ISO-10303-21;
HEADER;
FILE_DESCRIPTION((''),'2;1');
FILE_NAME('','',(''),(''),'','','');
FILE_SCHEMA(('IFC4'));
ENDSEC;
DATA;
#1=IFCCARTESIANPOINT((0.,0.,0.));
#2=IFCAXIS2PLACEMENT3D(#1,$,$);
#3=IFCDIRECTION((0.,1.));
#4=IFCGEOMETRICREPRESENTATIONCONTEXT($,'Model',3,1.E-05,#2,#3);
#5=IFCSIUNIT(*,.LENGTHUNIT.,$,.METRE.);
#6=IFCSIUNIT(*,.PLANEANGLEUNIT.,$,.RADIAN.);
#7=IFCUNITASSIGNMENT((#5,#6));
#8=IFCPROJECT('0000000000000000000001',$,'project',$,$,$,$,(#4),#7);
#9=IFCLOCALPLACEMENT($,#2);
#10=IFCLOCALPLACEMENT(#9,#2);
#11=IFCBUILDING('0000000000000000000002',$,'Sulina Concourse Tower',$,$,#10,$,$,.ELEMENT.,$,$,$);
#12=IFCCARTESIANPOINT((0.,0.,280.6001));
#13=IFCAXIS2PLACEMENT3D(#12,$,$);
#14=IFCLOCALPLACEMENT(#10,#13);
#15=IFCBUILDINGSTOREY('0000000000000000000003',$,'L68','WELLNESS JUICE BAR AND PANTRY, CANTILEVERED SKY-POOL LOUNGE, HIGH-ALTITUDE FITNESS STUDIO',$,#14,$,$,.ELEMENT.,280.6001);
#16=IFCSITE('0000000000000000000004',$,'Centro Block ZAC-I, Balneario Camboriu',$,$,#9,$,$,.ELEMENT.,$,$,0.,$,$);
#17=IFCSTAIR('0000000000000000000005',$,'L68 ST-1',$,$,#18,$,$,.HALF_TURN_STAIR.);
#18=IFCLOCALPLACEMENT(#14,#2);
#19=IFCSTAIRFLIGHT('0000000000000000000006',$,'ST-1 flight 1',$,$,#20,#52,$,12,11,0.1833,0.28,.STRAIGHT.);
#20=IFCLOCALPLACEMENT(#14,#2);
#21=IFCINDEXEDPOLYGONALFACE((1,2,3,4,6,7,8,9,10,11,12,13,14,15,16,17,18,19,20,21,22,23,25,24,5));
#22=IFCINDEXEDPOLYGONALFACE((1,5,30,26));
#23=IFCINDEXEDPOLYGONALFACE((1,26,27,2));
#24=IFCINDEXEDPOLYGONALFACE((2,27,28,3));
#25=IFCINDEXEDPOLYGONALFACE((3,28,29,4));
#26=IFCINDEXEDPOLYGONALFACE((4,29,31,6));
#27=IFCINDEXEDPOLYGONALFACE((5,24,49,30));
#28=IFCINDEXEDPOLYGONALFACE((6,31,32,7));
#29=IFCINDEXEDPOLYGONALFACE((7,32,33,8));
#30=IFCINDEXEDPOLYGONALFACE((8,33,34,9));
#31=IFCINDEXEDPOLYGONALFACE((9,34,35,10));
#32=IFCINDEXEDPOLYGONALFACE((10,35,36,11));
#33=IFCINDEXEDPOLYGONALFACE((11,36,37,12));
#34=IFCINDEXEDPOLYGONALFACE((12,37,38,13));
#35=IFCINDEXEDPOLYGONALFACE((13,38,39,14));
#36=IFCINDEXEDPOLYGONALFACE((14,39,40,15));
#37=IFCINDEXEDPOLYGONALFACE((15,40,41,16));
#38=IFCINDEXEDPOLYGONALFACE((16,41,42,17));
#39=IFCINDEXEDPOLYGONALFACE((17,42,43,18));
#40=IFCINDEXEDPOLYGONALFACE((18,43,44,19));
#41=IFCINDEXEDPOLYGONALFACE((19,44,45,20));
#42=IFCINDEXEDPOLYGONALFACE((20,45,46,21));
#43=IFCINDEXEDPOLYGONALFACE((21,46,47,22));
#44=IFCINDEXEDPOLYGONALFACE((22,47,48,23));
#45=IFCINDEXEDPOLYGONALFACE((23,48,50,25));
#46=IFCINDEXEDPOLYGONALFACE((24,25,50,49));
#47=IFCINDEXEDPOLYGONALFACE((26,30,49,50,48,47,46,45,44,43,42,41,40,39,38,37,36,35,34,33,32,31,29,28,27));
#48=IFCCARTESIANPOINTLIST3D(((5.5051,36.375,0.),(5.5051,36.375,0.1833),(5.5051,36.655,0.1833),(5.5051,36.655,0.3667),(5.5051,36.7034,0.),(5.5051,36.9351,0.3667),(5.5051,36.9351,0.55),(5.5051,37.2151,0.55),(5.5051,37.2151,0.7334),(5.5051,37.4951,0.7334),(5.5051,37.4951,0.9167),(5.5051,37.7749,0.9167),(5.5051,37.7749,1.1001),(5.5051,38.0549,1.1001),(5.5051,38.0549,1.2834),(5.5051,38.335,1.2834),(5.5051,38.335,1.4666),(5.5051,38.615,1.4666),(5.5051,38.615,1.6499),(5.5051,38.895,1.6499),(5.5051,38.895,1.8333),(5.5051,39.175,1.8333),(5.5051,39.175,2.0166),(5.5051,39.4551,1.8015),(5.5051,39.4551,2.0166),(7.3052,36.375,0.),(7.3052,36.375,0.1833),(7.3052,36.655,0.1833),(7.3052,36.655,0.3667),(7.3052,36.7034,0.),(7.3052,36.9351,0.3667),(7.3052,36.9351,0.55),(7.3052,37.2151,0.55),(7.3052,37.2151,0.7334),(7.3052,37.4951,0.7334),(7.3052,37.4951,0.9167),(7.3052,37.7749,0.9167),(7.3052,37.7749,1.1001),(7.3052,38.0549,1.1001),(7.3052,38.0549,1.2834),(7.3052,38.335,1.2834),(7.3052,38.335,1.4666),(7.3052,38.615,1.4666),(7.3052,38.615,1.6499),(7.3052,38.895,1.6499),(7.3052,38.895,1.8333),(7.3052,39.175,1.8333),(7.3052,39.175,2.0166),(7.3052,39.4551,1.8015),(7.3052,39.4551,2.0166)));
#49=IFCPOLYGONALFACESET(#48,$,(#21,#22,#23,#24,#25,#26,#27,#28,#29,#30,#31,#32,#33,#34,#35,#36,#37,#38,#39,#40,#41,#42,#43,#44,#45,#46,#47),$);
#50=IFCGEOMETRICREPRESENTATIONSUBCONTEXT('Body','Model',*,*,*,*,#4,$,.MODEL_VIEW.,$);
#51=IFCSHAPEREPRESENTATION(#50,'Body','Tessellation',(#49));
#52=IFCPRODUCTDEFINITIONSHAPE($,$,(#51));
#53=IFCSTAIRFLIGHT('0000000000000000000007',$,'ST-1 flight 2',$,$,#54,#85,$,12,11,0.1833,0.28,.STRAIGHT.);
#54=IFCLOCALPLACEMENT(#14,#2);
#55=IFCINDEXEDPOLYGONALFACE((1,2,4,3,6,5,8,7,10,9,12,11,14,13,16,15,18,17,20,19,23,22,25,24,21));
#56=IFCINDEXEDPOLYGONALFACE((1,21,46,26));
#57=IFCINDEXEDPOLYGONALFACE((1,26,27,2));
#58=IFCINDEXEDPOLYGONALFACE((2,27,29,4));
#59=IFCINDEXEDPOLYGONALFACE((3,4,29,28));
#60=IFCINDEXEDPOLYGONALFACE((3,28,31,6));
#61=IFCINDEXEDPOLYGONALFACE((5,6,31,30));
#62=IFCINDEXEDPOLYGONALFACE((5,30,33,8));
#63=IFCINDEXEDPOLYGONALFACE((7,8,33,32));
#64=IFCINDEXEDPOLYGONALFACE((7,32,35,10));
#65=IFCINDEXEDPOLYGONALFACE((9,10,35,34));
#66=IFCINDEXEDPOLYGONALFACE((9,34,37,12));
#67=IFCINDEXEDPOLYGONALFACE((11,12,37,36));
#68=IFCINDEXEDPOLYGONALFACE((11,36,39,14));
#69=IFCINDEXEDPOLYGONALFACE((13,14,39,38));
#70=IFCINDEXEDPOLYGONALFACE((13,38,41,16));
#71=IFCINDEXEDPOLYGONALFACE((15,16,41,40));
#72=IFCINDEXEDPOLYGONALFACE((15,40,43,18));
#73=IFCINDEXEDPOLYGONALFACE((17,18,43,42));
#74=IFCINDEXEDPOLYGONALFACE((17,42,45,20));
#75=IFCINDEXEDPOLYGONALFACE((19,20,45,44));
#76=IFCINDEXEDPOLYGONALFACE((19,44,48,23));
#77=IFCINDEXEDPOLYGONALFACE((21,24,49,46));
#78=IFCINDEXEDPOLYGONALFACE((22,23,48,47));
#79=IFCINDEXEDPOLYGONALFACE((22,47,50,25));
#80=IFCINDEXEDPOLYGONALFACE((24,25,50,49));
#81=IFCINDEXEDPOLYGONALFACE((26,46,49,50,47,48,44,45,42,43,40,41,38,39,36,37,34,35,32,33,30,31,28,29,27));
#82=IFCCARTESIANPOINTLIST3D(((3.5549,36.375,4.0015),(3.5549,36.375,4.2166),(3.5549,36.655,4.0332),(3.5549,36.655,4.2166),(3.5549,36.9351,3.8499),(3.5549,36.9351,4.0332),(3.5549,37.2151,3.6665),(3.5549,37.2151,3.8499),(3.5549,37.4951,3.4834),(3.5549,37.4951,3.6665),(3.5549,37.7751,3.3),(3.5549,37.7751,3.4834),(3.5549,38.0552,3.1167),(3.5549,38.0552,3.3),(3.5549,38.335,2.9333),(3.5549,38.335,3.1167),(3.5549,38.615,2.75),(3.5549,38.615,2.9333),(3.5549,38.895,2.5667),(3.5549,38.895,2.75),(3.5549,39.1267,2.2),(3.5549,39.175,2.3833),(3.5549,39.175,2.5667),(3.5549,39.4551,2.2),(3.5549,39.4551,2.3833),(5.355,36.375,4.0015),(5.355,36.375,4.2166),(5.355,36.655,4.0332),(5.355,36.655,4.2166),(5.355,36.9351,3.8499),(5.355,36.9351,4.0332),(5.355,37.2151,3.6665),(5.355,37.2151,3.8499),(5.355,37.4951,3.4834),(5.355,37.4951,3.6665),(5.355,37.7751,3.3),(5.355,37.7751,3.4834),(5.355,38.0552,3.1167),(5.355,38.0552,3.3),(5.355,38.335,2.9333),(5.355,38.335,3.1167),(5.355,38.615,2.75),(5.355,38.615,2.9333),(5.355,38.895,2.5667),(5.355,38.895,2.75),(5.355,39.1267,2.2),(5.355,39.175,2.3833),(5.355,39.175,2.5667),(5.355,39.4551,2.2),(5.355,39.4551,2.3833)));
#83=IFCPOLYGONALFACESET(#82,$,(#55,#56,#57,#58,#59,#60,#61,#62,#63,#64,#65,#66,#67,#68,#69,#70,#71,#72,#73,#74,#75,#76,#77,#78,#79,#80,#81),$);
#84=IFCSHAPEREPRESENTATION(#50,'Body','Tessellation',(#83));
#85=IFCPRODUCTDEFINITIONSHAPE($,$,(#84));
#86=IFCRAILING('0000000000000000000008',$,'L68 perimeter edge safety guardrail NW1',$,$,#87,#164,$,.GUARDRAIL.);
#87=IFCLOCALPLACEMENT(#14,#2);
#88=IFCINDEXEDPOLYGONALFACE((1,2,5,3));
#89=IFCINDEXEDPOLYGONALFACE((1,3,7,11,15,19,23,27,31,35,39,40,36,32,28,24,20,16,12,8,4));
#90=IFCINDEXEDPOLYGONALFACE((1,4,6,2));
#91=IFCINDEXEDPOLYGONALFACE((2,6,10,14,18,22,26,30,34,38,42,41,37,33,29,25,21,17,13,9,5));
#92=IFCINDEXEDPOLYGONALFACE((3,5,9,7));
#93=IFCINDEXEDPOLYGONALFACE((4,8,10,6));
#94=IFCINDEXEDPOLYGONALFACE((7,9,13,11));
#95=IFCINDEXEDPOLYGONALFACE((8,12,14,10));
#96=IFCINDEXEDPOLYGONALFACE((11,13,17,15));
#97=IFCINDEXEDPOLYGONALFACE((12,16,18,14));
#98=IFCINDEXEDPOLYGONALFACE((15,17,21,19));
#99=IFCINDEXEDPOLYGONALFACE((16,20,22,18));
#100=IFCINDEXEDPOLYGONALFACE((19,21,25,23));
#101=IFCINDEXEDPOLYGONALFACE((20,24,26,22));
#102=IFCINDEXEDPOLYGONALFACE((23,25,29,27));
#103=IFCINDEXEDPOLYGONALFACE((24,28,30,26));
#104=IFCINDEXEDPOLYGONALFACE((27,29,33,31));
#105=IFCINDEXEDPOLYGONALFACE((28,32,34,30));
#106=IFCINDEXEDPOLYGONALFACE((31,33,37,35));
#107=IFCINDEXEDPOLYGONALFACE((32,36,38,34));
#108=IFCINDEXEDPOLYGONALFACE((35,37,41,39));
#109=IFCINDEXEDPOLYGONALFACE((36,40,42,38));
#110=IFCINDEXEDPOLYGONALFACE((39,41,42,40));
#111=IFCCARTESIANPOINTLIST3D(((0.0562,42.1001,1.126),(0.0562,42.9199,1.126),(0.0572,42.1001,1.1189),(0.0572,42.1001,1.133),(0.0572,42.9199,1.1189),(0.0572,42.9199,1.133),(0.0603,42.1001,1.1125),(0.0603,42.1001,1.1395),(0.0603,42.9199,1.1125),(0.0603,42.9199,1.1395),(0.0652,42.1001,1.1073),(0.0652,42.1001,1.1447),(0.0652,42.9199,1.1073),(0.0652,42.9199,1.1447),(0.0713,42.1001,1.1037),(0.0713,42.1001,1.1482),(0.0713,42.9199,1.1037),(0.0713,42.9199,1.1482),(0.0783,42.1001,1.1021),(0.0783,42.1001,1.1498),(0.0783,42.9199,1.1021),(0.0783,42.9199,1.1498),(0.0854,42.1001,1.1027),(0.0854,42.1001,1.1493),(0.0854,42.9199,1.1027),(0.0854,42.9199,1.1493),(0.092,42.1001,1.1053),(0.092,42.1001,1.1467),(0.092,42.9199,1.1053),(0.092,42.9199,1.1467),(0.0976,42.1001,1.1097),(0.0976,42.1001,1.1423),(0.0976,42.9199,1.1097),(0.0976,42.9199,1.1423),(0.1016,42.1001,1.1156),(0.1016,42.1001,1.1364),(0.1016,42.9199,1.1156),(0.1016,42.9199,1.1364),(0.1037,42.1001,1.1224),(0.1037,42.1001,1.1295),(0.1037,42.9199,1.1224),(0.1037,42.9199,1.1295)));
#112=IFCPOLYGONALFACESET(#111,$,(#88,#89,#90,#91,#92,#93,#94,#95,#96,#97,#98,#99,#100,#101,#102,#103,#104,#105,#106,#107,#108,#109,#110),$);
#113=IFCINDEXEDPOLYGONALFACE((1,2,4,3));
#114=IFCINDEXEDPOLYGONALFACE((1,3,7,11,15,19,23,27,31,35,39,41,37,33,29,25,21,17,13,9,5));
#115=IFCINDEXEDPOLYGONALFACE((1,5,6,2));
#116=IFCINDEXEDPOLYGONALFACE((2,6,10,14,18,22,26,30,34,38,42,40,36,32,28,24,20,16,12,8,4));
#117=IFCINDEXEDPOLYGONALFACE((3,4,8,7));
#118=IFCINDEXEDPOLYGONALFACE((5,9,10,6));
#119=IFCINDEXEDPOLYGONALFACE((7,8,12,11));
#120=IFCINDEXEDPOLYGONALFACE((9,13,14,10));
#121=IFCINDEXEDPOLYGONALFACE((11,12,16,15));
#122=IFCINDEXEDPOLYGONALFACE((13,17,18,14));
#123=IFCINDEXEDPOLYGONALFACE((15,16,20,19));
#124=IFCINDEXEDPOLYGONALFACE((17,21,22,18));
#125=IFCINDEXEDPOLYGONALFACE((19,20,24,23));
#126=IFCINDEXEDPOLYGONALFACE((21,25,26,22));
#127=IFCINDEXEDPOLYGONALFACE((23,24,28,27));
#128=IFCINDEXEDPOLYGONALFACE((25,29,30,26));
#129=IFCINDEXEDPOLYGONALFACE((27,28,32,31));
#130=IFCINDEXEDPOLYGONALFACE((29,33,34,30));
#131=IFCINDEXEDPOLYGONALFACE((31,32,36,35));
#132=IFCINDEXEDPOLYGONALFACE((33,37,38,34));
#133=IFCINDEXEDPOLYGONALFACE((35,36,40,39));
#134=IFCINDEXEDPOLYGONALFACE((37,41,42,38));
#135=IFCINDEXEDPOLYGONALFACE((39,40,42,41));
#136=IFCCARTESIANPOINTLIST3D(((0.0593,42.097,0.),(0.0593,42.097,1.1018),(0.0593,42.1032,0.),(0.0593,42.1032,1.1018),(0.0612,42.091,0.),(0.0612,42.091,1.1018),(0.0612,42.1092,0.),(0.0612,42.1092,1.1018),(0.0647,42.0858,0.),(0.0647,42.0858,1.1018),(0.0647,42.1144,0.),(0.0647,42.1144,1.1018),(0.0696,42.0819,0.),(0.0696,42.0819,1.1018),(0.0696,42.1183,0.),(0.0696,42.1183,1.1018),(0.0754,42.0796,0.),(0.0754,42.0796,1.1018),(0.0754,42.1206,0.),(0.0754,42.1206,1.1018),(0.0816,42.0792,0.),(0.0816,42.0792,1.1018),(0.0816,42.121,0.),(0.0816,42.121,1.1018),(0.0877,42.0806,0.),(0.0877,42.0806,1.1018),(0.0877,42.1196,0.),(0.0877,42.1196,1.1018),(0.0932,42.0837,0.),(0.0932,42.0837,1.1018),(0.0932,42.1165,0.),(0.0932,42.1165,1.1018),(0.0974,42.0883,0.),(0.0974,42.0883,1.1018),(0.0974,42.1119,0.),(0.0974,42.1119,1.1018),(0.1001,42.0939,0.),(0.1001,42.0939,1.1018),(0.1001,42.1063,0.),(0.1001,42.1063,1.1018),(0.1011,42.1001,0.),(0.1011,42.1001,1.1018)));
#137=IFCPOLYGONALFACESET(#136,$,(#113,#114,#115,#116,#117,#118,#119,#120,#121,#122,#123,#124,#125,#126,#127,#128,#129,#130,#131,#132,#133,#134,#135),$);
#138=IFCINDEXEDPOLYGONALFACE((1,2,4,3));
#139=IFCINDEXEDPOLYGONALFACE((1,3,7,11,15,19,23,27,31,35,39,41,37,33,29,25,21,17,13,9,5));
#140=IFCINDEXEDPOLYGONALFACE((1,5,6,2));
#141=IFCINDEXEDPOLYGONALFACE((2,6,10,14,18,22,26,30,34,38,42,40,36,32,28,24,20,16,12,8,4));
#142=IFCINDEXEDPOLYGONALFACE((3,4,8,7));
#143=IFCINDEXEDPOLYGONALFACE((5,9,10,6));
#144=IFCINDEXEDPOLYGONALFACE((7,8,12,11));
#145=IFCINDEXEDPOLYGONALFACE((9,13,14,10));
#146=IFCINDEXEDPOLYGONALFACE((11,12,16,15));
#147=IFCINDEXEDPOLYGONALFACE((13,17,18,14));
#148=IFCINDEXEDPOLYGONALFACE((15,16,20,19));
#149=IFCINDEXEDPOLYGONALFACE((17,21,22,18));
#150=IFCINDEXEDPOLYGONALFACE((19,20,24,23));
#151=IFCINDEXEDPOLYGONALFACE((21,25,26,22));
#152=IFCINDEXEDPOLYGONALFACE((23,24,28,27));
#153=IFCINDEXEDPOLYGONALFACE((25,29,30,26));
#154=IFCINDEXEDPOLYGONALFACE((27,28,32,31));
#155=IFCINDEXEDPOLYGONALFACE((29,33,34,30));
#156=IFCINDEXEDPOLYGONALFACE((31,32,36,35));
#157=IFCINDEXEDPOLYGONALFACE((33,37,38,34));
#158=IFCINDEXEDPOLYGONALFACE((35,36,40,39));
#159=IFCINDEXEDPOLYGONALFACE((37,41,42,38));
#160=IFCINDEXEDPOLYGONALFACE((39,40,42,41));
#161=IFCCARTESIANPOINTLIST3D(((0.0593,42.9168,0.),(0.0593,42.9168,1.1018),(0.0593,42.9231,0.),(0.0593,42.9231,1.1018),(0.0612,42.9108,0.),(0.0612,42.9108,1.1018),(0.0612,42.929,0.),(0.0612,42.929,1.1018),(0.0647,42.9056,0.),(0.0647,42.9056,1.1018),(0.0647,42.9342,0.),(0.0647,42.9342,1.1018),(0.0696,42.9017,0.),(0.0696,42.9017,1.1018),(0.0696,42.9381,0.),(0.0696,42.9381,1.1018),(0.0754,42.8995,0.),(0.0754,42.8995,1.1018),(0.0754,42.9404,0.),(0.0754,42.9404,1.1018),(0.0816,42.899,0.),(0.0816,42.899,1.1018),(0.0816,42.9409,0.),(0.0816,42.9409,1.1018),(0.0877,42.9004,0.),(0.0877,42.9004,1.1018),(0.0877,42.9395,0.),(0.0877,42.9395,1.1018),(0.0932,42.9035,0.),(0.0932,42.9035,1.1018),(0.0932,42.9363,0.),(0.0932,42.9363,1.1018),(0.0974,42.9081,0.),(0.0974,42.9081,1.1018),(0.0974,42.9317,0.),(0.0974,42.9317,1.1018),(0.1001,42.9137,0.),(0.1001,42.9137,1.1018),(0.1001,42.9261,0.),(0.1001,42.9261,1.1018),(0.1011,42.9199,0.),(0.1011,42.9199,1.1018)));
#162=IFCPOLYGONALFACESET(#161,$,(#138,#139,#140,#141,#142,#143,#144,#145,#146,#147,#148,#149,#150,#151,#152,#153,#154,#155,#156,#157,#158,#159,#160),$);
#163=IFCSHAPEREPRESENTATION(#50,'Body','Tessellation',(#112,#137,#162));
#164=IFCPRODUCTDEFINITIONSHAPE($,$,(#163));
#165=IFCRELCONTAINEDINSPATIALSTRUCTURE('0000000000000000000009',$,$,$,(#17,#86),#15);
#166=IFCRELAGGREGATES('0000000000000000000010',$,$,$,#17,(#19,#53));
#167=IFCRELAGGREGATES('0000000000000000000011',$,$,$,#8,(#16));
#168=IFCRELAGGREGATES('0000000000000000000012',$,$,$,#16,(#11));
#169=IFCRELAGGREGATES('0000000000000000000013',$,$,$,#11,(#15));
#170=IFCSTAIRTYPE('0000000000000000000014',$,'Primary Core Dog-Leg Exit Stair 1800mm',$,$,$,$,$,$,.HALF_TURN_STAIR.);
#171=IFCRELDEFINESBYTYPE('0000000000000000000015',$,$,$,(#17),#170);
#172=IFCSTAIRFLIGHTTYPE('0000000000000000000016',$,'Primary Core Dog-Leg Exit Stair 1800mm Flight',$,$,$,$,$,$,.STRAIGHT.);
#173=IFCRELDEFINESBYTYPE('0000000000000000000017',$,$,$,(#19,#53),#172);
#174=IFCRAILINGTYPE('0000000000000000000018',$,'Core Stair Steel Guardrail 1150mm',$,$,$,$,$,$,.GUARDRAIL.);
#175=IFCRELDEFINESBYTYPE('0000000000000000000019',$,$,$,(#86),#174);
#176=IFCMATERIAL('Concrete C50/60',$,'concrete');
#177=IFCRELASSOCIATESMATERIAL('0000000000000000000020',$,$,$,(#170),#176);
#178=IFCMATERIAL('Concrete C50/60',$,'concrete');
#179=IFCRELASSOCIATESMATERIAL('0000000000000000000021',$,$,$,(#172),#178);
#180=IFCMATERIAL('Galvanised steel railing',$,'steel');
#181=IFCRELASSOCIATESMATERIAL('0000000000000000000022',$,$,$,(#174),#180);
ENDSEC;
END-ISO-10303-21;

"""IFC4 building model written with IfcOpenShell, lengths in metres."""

from ifc_helpers import new_model, si_unit, direction, frame, origin, origin_2d, place, context, subcontext, project, spatial, polyline, circle, outline, extrude, material, type_object, element, aggregate, save


model = new_model("IFC4")

# Units and contexts
model_context = context("Model", 3, precision=1e-05, world=origin(), true_north=direction((0.0, 1.0)))
body_context = subcontext(model_context, "Body", "Model", "MODEL_VIEW")
ifc_project = project(units=[si_unit("LENGTHUNIT", "METRE"), si_unit("PLANEANGLEUNIT", "RADIAN")], contexts=[model_context])

# Site, building, storey
site_placement = place(None, origin())
site = spatial("IfcSite", under=ifc_project, at=site_placement, Name="Centro Block ZAC-I, Balneario Camboriu", CompositionType="ELEMENT", RefElevation=0.0)
building_placement = place(site_placement, origin())
building = spatial("IfcBuilding", under=site, at=building_placement, Name="Sulina Concourse Tower", CompositionType="ELEMENT")
storey_placement = place(building_placement, frame((0.0, 0.0, 280.6001)))
storey = spatial("IfcBuildingStorey", under=building, at=storey_placement, Name="L68", Description="WELLNESS JUICE BAR AND PANTRY, CANTILEVERED SKY-POOL LOUNGE, HIGH-ALTITUDE FITNESS STUDIO", CompositionType="ELEMENT", Elevation=280.6001)

# Stair, stair flights
ifc_material_1 = material(Name="Concrete C50/60", Category="concrete")
stair_type = type_object("IfcStairType", Name="Primary Core Dog-Leg Exit Stair 1800mm", PredefinedType="HALF_TURN_STAIR", material=ifc_material_1)
stair_placement = place(storey_placement, origin())
stair = element("IfcStair", 1, at=stair_placement, inside=storey, type_object=stair_type, Name="L68 ST-1", PredefinedType="HALF_TURN_STAIR")
ifc_material_2 = material(Name="Concrete C50/60", Category="concrete")
stair_flight_type = type_object("IfcStairFlightType", Name="Primary Core Dog-Leg Exit Stair 1800mm Flight", PredefinedType="STRAIGHT", material=ifc_material_2)
stair_flight_1_placement = place(storey_placement, frame((6.405, 36.375, 0.0), z_axis=(0.0, 0.0, 1.0), x_axis=(0.0, 1.0, 0.0)))
stair_flight_1 = element("IfcStairFlight", 2, at=stair_flight_1_placement, type_object=stair_flight_type, Name="ST-1 flight 1", NumberOfRisers=12, NumberOfTreads=11, PredefinedType="STRAIGHT", RiserHeight=0.1833, TreadLength=0.28, context=body_context, shape_type="SweptSolid", body=[
    extrude(outline(polyline([(0.0, 0.0), (0.0, 0.1833), (0.28, 0.1833), (0.28, 0.3667), (0.5601, 0.3667), (0.5601, 0.55), (0.8401, 0.55), (0.8401, 0.7334), (1.1201, 0.7334), (1.1201, 0.9167), (1.3999, 0.9167), (1.3999, 1.1001), (1.6799, 1.1001), (1.6799, 1.2834), (1.96, 1.2834), (1.96, 1.4666), (2.24, 1.4666), (2.24, 1.6499), (2.52, 1.6499), (2.52, 1.8333), (2.8, 1.8333), (2.8, 2.0166), (3.0801, 2.0166), (3.0801, 2.2), (3.0801, 1.8015), (0.3284, 0.0), (0.0, 0.0)])), frame((0.0, 0.8999, 0.0), z_axis=(0.0, -1.0, 0.0), x_axis=(1.0, 0.0, 0.0)), (0.0, 0.0, 1.0), 1.8),
])
stair_flight_2_placement = place(storey_placement, frame((4.4551, 39.4551, 2.2), z_axis=(0.0, 0.0, 1.0), x_axis=(0.0, -1.0, 0.0)))
stair_flight_2 = element("IfcStairFlight", 3, at=stair_flight_2_placement, type_object=stair_flight_type, Name="ST-1 flight 2", NumberOfRisers=12, NumberOfTreads=11, PredefinedType="STRAIGHT", RiserHeight=0.1833, TreadLength=0.28, context=body_context, shape_type="SweptSolid", body=[
    extrude(outline(polyline([(0.0, 0.0), (0.0, 0.1833), (0.28, 0.1833), (0.28, 0.3667), (0.5601, 0.3667), (0.5601, 0.55), (0.8401, 0.55), (0.8401, 0.7334), (1.1201, 0.7334), (1.1201, 0.9167), (1.3999, 0.9167), (1.3999, 1.1001), (1.6799, 1.1001), (1.6799, 1.2834), (1.96, 1.2834), (1.96, 1.4666), (2.24, 1.4666), (2.24, 1.6499), (2.52, 1.6499), (2.52, 1.8333), (2.8, 1.8333), (2.8, 2.0166), (3.0801, 2.0166), (3.0801, 2.2), (3.0801, 1.8015), (0.3284, 0.0), (0.0, 0.0)])), frame((0.0, 0.8999, 0.0), z_axis=(0.0, -1.0, 0.0), x_axis=(1.0, 0.0, 0.0)), (0.0, 0.0, 1.0), 1.8),
])
aggregate(stair, [stair_flight_1, stair_flight_2])

# Railing
ifc_material_3 = material(Name="Galvanised steel railing", Category="steel")
railing_type_1 = type_object("IfcRailingType", Name="Core Stair Steel Guardrail 1150mm", PredefinedType="GUARDRAIL", material=ifc_material_3)
railing_1_placement = place(storey_placement, frame((0.0801, 42.1001, 0.0)))
element("IfcRailing", 4, at=railing_1_placement, inside=storey, type_object=railing_type_1, Name="L68 perimeter edge safety guardrail NW1", PredefinedType="GUARDRAIL", context=body_context, shape_type="SweptSolid", body=[
    extrude(circle(Radius=0.0239, at=origin_2d()), frame((0.0, 0.0, 1.126), z_axis=(0.0, 1.0, 0.0), x_axis=(-1.0, 0.0, 0.0)), (0.0, 0.0, 1.0), 0.8198),
    extrude(circle(Radius=0.021, at=origin_2d()), origin(), (0.0, 0.0, 1.0), 1.1018),
    extrude(circle(Radius=0.021, at=origin_2d()), frame((0.0, 0.8198, 0.0)), (0.0, 0.0, 1.0), 1.1018),
])

save(model, "model.ifc")
